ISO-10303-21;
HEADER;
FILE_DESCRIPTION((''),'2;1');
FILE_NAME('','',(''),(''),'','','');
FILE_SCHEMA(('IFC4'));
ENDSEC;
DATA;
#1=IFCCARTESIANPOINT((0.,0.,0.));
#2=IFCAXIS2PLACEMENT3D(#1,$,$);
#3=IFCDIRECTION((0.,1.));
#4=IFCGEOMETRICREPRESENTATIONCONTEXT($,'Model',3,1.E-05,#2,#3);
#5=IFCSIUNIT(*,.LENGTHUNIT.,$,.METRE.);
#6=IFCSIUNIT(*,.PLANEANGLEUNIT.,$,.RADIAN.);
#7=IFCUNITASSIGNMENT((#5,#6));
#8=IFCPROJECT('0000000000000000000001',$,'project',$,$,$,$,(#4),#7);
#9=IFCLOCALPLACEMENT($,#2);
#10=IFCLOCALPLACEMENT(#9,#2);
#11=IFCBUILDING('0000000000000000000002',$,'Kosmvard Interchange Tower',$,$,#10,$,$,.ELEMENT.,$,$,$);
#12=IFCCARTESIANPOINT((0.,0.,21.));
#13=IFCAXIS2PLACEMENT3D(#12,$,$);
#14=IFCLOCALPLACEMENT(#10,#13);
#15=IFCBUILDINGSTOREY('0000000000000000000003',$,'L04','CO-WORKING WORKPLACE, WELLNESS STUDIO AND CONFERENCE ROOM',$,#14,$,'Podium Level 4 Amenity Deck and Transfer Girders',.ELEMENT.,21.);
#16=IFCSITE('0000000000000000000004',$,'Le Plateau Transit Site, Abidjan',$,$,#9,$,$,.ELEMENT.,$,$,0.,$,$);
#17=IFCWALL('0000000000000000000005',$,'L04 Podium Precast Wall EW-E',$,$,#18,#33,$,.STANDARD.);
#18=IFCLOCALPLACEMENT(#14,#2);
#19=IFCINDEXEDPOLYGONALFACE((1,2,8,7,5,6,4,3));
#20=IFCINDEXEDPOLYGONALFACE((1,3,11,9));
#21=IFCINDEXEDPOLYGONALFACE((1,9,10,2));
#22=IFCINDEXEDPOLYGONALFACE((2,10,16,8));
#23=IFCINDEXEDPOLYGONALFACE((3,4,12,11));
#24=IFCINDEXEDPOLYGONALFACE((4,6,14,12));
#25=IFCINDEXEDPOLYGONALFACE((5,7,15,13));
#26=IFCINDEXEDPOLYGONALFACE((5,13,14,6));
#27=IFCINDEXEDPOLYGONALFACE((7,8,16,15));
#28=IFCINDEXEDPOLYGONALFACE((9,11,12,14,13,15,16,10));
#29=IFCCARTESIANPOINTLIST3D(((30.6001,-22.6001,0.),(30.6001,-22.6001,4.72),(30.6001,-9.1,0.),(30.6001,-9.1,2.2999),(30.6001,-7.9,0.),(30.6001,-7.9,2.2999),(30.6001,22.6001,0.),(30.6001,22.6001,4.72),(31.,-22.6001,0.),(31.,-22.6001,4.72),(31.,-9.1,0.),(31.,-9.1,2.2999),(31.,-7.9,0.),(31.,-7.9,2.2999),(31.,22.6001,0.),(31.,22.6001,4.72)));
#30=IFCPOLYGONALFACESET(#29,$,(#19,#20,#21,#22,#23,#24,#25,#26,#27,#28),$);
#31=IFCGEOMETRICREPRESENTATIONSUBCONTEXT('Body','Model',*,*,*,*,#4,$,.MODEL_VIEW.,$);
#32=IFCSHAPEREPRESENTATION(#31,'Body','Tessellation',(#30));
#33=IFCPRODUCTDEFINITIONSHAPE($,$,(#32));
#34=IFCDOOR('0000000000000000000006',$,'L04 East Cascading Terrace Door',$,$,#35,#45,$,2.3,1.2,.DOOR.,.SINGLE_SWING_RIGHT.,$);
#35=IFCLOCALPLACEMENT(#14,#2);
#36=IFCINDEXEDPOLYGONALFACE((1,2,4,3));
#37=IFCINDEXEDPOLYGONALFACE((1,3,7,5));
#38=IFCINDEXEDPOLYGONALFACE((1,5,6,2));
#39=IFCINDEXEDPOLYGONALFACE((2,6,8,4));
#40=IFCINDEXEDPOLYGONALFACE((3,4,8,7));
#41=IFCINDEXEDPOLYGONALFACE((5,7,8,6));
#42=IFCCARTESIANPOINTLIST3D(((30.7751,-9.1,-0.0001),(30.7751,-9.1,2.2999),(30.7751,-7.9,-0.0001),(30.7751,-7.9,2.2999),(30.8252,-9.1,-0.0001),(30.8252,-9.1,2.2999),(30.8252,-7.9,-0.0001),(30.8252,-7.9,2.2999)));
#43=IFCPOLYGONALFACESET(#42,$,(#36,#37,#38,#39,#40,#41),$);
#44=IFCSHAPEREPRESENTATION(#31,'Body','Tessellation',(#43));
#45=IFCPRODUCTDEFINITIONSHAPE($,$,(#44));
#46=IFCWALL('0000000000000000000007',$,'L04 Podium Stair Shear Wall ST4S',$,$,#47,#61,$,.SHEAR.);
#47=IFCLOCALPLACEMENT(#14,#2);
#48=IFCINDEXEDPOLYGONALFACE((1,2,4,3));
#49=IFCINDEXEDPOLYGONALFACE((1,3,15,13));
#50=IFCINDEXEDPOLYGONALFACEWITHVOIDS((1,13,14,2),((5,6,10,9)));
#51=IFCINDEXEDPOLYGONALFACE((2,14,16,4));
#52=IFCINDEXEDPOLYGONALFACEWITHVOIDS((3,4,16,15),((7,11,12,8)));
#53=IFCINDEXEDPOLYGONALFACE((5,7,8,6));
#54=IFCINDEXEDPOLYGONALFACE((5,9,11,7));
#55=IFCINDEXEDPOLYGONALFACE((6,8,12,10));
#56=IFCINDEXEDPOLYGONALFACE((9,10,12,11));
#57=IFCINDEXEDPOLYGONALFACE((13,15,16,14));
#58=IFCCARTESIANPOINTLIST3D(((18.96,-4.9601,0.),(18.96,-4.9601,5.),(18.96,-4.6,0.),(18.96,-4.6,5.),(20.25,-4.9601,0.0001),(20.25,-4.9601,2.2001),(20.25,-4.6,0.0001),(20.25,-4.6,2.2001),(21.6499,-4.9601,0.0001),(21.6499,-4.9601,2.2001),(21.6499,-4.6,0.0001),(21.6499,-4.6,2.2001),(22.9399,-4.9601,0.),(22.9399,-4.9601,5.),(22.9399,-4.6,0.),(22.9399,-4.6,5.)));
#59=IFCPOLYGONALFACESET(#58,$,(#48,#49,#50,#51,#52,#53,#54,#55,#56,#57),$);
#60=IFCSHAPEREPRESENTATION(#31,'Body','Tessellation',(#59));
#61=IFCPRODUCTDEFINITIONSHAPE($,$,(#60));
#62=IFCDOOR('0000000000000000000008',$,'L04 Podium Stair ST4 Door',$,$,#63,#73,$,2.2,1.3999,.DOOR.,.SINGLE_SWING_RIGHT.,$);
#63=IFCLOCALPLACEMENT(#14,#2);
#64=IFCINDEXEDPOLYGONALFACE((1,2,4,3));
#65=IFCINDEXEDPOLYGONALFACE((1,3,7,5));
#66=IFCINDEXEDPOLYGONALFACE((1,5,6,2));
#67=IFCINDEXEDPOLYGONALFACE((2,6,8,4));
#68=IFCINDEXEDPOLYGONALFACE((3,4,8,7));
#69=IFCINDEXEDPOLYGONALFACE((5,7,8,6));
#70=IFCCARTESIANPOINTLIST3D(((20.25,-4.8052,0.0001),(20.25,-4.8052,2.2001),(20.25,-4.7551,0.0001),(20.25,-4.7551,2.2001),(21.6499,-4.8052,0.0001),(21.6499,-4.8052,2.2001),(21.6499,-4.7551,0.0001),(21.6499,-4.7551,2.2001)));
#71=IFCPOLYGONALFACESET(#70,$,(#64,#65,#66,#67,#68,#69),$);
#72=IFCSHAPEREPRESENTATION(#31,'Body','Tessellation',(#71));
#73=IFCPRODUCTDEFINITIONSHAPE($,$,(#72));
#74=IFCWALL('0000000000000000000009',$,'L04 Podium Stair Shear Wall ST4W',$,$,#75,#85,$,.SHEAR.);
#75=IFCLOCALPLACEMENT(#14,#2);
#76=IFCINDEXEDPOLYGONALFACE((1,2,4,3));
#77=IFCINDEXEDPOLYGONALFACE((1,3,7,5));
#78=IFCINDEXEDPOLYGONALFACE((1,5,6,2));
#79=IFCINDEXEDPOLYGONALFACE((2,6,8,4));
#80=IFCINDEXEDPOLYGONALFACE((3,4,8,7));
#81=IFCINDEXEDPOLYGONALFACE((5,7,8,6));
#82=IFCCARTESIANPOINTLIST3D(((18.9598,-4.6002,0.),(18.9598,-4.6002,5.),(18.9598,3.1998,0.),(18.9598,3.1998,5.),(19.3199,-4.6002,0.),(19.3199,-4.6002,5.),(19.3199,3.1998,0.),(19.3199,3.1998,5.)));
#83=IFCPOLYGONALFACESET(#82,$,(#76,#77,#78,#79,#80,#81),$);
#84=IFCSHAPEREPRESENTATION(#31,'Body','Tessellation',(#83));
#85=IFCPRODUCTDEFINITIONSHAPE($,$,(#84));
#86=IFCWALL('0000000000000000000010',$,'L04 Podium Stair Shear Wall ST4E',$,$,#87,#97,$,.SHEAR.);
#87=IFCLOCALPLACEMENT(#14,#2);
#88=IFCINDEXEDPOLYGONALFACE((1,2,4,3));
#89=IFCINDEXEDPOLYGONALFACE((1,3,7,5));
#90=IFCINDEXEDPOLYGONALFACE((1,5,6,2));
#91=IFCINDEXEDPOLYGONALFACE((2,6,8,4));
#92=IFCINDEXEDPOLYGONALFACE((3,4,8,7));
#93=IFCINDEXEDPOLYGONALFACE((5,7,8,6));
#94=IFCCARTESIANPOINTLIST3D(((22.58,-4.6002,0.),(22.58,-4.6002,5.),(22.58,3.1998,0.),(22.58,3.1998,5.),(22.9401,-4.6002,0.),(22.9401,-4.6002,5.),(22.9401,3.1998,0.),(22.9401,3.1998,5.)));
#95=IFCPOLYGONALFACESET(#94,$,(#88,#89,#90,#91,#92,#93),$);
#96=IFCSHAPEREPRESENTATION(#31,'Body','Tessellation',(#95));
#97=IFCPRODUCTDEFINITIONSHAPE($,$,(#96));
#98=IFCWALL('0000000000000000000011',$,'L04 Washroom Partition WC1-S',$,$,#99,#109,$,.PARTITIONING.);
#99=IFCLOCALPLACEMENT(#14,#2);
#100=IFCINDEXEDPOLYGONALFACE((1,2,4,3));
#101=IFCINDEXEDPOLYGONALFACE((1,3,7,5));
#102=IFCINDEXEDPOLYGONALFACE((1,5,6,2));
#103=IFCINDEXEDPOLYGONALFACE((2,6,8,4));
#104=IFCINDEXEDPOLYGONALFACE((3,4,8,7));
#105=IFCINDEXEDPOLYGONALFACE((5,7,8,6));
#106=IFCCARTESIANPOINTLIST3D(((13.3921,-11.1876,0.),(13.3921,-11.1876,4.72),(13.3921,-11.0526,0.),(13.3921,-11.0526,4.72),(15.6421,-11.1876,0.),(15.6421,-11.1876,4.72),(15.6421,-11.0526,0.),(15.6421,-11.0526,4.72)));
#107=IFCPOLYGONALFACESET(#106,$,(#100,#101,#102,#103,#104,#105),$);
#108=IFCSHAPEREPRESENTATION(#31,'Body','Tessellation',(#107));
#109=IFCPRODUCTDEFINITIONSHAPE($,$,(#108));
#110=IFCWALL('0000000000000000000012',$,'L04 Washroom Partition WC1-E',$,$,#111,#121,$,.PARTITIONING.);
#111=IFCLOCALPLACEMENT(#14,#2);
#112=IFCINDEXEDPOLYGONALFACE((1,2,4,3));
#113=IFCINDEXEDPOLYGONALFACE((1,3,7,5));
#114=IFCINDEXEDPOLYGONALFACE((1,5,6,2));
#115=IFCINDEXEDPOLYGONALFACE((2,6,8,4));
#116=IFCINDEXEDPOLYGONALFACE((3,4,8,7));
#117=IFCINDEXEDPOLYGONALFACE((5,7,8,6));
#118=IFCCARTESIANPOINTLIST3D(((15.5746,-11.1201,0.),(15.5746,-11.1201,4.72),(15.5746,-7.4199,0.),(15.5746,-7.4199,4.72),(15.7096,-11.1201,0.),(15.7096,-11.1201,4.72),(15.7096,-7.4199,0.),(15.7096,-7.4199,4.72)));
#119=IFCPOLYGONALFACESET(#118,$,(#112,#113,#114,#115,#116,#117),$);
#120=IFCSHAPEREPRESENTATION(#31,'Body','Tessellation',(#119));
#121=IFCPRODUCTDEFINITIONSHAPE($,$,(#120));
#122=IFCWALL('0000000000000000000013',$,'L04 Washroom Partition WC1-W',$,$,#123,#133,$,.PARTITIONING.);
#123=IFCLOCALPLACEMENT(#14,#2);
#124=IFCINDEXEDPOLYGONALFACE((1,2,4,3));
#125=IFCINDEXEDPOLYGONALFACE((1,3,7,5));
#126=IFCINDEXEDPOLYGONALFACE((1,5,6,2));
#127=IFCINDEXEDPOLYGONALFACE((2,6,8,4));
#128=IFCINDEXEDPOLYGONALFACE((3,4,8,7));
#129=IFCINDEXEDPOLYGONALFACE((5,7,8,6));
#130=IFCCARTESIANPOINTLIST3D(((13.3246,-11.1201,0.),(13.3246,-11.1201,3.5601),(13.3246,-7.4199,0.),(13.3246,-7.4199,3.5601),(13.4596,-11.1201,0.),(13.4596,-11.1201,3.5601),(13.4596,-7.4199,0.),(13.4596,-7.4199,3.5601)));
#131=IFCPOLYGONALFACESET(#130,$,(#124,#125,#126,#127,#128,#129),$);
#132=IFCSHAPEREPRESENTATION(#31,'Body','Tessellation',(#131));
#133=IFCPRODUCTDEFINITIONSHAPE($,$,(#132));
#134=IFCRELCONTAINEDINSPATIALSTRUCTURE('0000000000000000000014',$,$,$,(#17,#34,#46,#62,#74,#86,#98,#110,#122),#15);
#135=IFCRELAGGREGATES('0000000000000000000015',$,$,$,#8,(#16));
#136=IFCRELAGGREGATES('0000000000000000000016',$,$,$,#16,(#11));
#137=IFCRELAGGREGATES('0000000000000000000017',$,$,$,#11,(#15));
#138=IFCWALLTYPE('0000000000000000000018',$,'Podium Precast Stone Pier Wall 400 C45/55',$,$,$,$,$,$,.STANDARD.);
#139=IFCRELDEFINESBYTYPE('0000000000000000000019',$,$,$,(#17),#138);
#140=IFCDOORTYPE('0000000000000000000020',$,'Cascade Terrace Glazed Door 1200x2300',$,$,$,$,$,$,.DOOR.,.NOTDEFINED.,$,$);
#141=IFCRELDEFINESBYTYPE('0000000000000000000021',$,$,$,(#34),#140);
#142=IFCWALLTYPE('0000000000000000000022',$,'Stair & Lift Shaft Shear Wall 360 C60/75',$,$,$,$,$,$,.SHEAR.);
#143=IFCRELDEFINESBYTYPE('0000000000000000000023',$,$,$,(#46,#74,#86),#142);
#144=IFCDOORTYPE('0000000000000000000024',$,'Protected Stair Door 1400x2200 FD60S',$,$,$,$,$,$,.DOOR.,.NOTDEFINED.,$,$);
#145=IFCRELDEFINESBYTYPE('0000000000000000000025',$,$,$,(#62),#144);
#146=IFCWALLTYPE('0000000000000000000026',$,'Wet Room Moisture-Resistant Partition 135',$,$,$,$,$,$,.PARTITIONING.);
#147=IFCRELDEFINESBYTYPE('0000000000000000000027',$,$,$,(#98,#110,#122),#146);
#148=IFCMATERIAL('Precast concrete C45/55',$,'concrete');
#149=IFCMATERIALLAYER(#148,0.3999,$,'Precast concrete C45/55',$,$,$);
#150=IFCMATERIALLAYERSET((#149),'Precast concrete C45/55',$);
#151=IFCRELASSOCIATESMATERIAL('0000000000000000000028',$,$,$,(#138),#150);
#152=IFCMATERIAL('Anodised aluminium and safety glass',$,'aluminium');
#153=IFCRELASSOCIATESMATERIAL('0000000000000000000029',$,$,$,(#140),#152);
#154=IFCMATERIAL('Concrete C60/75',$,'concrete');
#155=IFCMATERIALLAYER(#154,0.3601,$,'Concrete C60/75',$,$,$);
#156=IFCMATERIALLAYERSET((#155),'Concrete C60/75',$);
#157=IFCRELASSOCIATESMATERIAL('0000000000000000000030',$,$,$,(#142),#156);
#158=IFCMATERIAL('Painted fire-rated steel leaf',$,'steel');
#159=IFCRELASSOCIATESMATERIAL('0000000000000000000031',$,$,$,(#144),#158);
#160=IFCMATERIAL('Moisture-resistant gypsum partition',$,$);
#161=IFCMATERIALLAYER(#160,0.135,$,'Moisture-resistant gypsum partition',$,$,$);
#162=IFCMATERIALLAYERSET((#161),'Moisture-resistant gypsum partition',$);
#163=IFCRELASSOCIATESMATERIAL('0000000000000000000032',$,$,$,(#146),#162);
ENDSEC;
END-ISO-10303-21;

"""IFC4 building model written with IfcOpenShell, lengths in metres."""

from ifc_helpers import new_model, si_unit, direction, frame, frame_2d, origin, place, context, subcontext, project, spatial, rectangle, extrude, source, transform, mapped, material, layer, layer_set, type_object, element, fill, save


model = new_model("IFC4")

# Units and contexts
model_context = context("Model", 3, precision=1e-05, world=origin(), true_north=direction((0.0, 1.0)))
body_context = subcontext(model_context, "Body", "Model", "MODEL_VIEW")
ifc_project = project(units=[si_unit("LENGTHUNIT", "METRE"), si_unit("PLANEANGLEUNIT", "RADIAN")], contexts=[model_context])

# Site, building, storey
site_placement = place(None, origin())
site = spatial("IfcSite", under=ifc_project, at=site_placement, Name="Le Plateau Transit Site, Abidjan", CompositionType="ELEMENT", RefElevation=0.0)
building_placement = place(site_placement, origin())
building = spatial("IfcBuilding", under=site, at=building_placement, Name="Kosmvard Interchange Tower", CompositionType="ELEMENT")
storey_placement = place(building_placement, frame((0.0, 0.0, 21.0)))
storey = spatial("IfcBuildingStorey", under=building, at=storey_placement, Name="L04", Description="CO-WORKING WORKPLACE, WELLNESS STUDIO AND CONFERENCE ROOM", LongName="Podium Level 4 Amenity Deck and Transfer Girders", CompositionType="ELEMENT", Elevation=21.0)

# Shared definitions
ifc_material_1 = material(Name="Concrete C60/75", Category="concrete")

# Walls, openings, doors
ifc_material_2 = material(Name="Precast concrete C45/55", Category="concrete")
ifc_layer_1 = layer(ifc_material_2, 0.3999, Name="Precast concrete C45/55")
ifc_layer_set_1 = layer_set([ifc_layer_1], Name="Precast concrete C45/55")
wall_type_1 = type_object("IfcWallType", Name="Podium Precast Stone Pier Wall 400 C45/55", PredefinedType="STANDARD", material=ifc_layer_set_1)
wall_1_placement = place(storey_placement, frame((30.8, -22.6001, 0.0), z_axis=(0.0, 0.0, 1.0), x_axis=(0.0, 1.0, 0.0)))
wall_1 = element("IfcWall", 1, at=wall_1_placement, inside=storey, type_object=wall_type_1, Name="L04 Podium Precast Wall EW-E", PredefinedType="STANDARD", context=body_context, shape_type="SweptSolid", body=[
    extrude(rectangle(XDim=45.2002, YDim=0.3999, at=frame_2d((22.6001, 0.0))), origin(), (0.0, 0.0, 1.0), 4.72),
])
opening_1_placement = place(wall_1_placement, frame((13.5, 0.0, 0.0)))
opening_1 = element("IfcOpeningElement", 2, at=opening_1_placement, cuts=wall_1, PredefinedType="OPENING", context=body_context, shape_type="SweptSolid", body=[
    extrude(rectangle(XDim=1.2, YDim=2.3, at=frame_2d((0.6001, 1.1499))), frame((0.0, 0.21, 0.0), z_axis=(0.0, -1.0, 0.0), x_axis=(1.0, 0.0, 0.0)), (0.0, 0.0, 1.0), 0.4199),
])
ifc_material_3 = material(Name="Anodised aluminium and safety glass", Category="aluminium")
door_type_1 = type_object("IfcDoorType", Name="Cascade Terrace Glazed Door 1200x2300", OperationType="NOTDEFINED", PredefinedType="DOOR", material=ifc_material_3)
shared_shape_1 = source(origin(), body_context, "Body", "SweptSolid", [
    extrude(rectangle(XDim=1.2, YDim=2.3, at=frame_2d((0.6001, 1.1499))), frame((0.0, 0.0249, 0.0), z_axis=(0.0, -1.0, 0.0), x_axis=(1.0, 0.0, 0.0)), (0.0, 0.0, 1.0), 0.05),
])
door_1_placement = place(opening_1_placement, origin())
door_1 = element("IfcDoor", 3, at=door_1_placement, inside=storey, type_object=door_type_1, Name="L04 East Cascading Terrace Door", OperationType="SINGLE_SWING_RIGHT", OverallHeight=2.3, OverallWidth=1.2, PredefinedType="DOOR", context=body_context, shape_type="MappedRepresentation", body=[
    mapped(shared_shape_1, transform((0.0, 0.0, 0.0), scale=1.0)),
])
fill(opening_1, door_1)
ifc_layer_2 = layer(ifc_material_1, 0.3601, Name="Concrete C60/75")
ifc_layer_set_2 = layer_set([ifc_layer_2], Name="Concrete C60/75")
wall_type_2 = type_object("IfcWallType", Name="Stair & Lift Shaft Shear Wall 360 C60/75", PredefinedType="SHEAR", material=ifc_layer_set_2)
wall_2_placement = place(storey_placement, frame((18.96, -4.78, 0.0), z_axis=(0.0, 0.0, 1.0), x_axis=(1.0, 0.0, 0.0)))
wall_2 = element("IfcWall", 4, at=wall_2_placement, inside=storey, type_object=wall_type_2, Name="L04 Podium Stair Shear Wall ST4S", PredefinedType="SHEAR", context=body_context, shape_type="SweptSolid", body=[
    extrude(rectangle(XDim=3.98, YDim=0.3601, at=frame_2d((1.99, 0.0))), origin(), (0.0, 0.0, 1.0), 5.0),
])
opening_2_placement = place(wall_2_placement, frame((1.29, 0.0, 0.0)))
opening_2 = element("IfcOpeningElement", 5, at=opening_2_placement, cuts=wall_2, PredefinedType="OPENING", context=body_context, shape_type="SweptSolid", body=[
    extrude(rectangle(XDim=1.3999, YDim=2.2, at=frame_2d((0.7, 1.1001))), frame((0.0, 0.1899, 0.0), z_axis=(0.0, -1.0, 0.0), x_axis=(1.0, 0.0, 0.0)), (0.0, 0.0, 1.0), 0.3801),
])
ifc_material_4 = material(Name="Painted fire-rated steel leaf", Category="steel")
door_type_2 = type_object("IfcDoorType", Name="Protected Stair Door 1400x2200 FD60S", OperationType="NOTDEFINED", PredefinedType="DOOR", material=ifc_material_4)
shared_shape_2 = source(origin(), body_context, "Body", "SweptSolid", [
    extrude(rectangle(XDim=1.3999, YDim=2.2, at=frame_2d((0.7, 1.1001))), frame((0.0, 0.0249, 0.0), z_axis=(0.0, -1.0, 0.0), x_axis=(1.0, 0.0, 0.0)), (0.0, 0.0, 1.0), 0.05),
])
door_2_placement = place(opening_2_placement, origin())
door_2 = element("IfcDoor", 6, at=door_2_placement, inside=storey, type_object=door_type_2, Name="L04 Podium Stair ST4 Door", OperationType="SINGLE_SWING_RIGHT", OverallHeight=2.2, OverallWidth=1.3999, PredefinedType="DOOR", context=body_context, shape_type="MappedRepresentation", body=[
    mapped(shared_shape_2, transform((0.0, 0.0, 0.0), scale=1.0)),
])
fill(opening_2, door_2)

# Walls
for number, where, z_axis, x_axis, name in (
    (7, (19.1399, -4.6001, 0.0), (0.0, 0.0, 1.0), (0.0, 1.0, 0.0), "L04 Podium Stair Shear Wall ST4W"),
    (8, (22.76, -4.6001, 0.0), (0.0, 0.0, 1.0), (0.0, 1.0, 0.0), "L04 Podium Stair Shear Wall ST4E"),
):
    element("IfcWall", number, at=place(storey_placement, frame(where, z_axis=z_axis, x_axis=x_axis)), inside=storey, type_object=wall_type_2, Name=name, PredefinedType="SHEAR", context=body_context, shape_type="SweptSolid", body=[
        extrude(rectangle(XDim=7.8, YDim=0.3601, at=frame_2d((3.8999, 0.0))), origin(), (0.0, 0.0, 1.0), 5.0),
    ])
ifc_material_5 = material(Name="Moisture-resistant gypsum partition")
ifc_layer_3 = layer(ifc_material_5, 0.135, Name="Moisture-resistant gypsum partition")
ifc_layer_set_3 = layer_set([ifc_layer_3], Name="Moisture-resistant gypsum partition")
wall_type_3 = type_object("IfcWallType", Name="Wet Room Moisture-Resistant Partition 135", PredefinedType="PARTITIONING", material=ifc_layer_set_3)
wall_3_placement = place(storey_placement, frame((13.3921, -11.1201, 0.0), z_axis=(0.0, 0.0, 1.0), x_axis=(1.0, 0.0, 0.0)))
element("IfcWall", 9, at=wall_3_placement, inside=storey, type_object=wall_type_3, Name="L04 Washroom Partition WC1-S", PredefinedType="PARTITIONING", context=body_context, shape_type="SweptSolid", body=[
    extrude(rectangle(XDim=2.25, YDim=0.135, at=frame_2d((1.125, 0.0))), origin(), (0.0, 0.0, 1.0), 4.72),
])
wall_4_placement = place(storey_placement, frame((15.6421, -11.1201, 0.0), z_axis=(0.0, 0.0, 1.0), x_axis=(0.0, 1.0, 0.0)))
element("IfcWall", 10, at=wall_4_placement, inside=storey, type_object=wall_type_3, Name="L04 Washroom Partition WC1-E", PredefinedType="PARTITIONING", context=body_context, shape_type="SweptSolid", body=[
    extrude(rectangle(XDim=3.7002, YDim=0.135, at=frame_2d((1.8501, 0.0))), origin(), (0.0, 0.0, 1.0), 4.72),
])
wall_5_placement = place(storey_placement, frame((13.3921, -11.1201, 0.0), z_axis=(0.0, 0.0, 1.0), x_axis=(0.0, 1.0, 0.0)))
element("IfcWall", 11, at=wall_5_placement, inside=storey, type_object=wall_type_3, Name="L04 Washroom Partition WC1-W", PredefinedType="PARTITIONING", context=body_context, shape_type="SweptSolid", body=[
    extrude(rectangle(XDim=3.7002, YDim=0.135, at=frame_2d((1.8501, 0.0))), origin(), (0.0, 0.0, 1.0), 3.5601),
])

save(model, "model.ifc")
